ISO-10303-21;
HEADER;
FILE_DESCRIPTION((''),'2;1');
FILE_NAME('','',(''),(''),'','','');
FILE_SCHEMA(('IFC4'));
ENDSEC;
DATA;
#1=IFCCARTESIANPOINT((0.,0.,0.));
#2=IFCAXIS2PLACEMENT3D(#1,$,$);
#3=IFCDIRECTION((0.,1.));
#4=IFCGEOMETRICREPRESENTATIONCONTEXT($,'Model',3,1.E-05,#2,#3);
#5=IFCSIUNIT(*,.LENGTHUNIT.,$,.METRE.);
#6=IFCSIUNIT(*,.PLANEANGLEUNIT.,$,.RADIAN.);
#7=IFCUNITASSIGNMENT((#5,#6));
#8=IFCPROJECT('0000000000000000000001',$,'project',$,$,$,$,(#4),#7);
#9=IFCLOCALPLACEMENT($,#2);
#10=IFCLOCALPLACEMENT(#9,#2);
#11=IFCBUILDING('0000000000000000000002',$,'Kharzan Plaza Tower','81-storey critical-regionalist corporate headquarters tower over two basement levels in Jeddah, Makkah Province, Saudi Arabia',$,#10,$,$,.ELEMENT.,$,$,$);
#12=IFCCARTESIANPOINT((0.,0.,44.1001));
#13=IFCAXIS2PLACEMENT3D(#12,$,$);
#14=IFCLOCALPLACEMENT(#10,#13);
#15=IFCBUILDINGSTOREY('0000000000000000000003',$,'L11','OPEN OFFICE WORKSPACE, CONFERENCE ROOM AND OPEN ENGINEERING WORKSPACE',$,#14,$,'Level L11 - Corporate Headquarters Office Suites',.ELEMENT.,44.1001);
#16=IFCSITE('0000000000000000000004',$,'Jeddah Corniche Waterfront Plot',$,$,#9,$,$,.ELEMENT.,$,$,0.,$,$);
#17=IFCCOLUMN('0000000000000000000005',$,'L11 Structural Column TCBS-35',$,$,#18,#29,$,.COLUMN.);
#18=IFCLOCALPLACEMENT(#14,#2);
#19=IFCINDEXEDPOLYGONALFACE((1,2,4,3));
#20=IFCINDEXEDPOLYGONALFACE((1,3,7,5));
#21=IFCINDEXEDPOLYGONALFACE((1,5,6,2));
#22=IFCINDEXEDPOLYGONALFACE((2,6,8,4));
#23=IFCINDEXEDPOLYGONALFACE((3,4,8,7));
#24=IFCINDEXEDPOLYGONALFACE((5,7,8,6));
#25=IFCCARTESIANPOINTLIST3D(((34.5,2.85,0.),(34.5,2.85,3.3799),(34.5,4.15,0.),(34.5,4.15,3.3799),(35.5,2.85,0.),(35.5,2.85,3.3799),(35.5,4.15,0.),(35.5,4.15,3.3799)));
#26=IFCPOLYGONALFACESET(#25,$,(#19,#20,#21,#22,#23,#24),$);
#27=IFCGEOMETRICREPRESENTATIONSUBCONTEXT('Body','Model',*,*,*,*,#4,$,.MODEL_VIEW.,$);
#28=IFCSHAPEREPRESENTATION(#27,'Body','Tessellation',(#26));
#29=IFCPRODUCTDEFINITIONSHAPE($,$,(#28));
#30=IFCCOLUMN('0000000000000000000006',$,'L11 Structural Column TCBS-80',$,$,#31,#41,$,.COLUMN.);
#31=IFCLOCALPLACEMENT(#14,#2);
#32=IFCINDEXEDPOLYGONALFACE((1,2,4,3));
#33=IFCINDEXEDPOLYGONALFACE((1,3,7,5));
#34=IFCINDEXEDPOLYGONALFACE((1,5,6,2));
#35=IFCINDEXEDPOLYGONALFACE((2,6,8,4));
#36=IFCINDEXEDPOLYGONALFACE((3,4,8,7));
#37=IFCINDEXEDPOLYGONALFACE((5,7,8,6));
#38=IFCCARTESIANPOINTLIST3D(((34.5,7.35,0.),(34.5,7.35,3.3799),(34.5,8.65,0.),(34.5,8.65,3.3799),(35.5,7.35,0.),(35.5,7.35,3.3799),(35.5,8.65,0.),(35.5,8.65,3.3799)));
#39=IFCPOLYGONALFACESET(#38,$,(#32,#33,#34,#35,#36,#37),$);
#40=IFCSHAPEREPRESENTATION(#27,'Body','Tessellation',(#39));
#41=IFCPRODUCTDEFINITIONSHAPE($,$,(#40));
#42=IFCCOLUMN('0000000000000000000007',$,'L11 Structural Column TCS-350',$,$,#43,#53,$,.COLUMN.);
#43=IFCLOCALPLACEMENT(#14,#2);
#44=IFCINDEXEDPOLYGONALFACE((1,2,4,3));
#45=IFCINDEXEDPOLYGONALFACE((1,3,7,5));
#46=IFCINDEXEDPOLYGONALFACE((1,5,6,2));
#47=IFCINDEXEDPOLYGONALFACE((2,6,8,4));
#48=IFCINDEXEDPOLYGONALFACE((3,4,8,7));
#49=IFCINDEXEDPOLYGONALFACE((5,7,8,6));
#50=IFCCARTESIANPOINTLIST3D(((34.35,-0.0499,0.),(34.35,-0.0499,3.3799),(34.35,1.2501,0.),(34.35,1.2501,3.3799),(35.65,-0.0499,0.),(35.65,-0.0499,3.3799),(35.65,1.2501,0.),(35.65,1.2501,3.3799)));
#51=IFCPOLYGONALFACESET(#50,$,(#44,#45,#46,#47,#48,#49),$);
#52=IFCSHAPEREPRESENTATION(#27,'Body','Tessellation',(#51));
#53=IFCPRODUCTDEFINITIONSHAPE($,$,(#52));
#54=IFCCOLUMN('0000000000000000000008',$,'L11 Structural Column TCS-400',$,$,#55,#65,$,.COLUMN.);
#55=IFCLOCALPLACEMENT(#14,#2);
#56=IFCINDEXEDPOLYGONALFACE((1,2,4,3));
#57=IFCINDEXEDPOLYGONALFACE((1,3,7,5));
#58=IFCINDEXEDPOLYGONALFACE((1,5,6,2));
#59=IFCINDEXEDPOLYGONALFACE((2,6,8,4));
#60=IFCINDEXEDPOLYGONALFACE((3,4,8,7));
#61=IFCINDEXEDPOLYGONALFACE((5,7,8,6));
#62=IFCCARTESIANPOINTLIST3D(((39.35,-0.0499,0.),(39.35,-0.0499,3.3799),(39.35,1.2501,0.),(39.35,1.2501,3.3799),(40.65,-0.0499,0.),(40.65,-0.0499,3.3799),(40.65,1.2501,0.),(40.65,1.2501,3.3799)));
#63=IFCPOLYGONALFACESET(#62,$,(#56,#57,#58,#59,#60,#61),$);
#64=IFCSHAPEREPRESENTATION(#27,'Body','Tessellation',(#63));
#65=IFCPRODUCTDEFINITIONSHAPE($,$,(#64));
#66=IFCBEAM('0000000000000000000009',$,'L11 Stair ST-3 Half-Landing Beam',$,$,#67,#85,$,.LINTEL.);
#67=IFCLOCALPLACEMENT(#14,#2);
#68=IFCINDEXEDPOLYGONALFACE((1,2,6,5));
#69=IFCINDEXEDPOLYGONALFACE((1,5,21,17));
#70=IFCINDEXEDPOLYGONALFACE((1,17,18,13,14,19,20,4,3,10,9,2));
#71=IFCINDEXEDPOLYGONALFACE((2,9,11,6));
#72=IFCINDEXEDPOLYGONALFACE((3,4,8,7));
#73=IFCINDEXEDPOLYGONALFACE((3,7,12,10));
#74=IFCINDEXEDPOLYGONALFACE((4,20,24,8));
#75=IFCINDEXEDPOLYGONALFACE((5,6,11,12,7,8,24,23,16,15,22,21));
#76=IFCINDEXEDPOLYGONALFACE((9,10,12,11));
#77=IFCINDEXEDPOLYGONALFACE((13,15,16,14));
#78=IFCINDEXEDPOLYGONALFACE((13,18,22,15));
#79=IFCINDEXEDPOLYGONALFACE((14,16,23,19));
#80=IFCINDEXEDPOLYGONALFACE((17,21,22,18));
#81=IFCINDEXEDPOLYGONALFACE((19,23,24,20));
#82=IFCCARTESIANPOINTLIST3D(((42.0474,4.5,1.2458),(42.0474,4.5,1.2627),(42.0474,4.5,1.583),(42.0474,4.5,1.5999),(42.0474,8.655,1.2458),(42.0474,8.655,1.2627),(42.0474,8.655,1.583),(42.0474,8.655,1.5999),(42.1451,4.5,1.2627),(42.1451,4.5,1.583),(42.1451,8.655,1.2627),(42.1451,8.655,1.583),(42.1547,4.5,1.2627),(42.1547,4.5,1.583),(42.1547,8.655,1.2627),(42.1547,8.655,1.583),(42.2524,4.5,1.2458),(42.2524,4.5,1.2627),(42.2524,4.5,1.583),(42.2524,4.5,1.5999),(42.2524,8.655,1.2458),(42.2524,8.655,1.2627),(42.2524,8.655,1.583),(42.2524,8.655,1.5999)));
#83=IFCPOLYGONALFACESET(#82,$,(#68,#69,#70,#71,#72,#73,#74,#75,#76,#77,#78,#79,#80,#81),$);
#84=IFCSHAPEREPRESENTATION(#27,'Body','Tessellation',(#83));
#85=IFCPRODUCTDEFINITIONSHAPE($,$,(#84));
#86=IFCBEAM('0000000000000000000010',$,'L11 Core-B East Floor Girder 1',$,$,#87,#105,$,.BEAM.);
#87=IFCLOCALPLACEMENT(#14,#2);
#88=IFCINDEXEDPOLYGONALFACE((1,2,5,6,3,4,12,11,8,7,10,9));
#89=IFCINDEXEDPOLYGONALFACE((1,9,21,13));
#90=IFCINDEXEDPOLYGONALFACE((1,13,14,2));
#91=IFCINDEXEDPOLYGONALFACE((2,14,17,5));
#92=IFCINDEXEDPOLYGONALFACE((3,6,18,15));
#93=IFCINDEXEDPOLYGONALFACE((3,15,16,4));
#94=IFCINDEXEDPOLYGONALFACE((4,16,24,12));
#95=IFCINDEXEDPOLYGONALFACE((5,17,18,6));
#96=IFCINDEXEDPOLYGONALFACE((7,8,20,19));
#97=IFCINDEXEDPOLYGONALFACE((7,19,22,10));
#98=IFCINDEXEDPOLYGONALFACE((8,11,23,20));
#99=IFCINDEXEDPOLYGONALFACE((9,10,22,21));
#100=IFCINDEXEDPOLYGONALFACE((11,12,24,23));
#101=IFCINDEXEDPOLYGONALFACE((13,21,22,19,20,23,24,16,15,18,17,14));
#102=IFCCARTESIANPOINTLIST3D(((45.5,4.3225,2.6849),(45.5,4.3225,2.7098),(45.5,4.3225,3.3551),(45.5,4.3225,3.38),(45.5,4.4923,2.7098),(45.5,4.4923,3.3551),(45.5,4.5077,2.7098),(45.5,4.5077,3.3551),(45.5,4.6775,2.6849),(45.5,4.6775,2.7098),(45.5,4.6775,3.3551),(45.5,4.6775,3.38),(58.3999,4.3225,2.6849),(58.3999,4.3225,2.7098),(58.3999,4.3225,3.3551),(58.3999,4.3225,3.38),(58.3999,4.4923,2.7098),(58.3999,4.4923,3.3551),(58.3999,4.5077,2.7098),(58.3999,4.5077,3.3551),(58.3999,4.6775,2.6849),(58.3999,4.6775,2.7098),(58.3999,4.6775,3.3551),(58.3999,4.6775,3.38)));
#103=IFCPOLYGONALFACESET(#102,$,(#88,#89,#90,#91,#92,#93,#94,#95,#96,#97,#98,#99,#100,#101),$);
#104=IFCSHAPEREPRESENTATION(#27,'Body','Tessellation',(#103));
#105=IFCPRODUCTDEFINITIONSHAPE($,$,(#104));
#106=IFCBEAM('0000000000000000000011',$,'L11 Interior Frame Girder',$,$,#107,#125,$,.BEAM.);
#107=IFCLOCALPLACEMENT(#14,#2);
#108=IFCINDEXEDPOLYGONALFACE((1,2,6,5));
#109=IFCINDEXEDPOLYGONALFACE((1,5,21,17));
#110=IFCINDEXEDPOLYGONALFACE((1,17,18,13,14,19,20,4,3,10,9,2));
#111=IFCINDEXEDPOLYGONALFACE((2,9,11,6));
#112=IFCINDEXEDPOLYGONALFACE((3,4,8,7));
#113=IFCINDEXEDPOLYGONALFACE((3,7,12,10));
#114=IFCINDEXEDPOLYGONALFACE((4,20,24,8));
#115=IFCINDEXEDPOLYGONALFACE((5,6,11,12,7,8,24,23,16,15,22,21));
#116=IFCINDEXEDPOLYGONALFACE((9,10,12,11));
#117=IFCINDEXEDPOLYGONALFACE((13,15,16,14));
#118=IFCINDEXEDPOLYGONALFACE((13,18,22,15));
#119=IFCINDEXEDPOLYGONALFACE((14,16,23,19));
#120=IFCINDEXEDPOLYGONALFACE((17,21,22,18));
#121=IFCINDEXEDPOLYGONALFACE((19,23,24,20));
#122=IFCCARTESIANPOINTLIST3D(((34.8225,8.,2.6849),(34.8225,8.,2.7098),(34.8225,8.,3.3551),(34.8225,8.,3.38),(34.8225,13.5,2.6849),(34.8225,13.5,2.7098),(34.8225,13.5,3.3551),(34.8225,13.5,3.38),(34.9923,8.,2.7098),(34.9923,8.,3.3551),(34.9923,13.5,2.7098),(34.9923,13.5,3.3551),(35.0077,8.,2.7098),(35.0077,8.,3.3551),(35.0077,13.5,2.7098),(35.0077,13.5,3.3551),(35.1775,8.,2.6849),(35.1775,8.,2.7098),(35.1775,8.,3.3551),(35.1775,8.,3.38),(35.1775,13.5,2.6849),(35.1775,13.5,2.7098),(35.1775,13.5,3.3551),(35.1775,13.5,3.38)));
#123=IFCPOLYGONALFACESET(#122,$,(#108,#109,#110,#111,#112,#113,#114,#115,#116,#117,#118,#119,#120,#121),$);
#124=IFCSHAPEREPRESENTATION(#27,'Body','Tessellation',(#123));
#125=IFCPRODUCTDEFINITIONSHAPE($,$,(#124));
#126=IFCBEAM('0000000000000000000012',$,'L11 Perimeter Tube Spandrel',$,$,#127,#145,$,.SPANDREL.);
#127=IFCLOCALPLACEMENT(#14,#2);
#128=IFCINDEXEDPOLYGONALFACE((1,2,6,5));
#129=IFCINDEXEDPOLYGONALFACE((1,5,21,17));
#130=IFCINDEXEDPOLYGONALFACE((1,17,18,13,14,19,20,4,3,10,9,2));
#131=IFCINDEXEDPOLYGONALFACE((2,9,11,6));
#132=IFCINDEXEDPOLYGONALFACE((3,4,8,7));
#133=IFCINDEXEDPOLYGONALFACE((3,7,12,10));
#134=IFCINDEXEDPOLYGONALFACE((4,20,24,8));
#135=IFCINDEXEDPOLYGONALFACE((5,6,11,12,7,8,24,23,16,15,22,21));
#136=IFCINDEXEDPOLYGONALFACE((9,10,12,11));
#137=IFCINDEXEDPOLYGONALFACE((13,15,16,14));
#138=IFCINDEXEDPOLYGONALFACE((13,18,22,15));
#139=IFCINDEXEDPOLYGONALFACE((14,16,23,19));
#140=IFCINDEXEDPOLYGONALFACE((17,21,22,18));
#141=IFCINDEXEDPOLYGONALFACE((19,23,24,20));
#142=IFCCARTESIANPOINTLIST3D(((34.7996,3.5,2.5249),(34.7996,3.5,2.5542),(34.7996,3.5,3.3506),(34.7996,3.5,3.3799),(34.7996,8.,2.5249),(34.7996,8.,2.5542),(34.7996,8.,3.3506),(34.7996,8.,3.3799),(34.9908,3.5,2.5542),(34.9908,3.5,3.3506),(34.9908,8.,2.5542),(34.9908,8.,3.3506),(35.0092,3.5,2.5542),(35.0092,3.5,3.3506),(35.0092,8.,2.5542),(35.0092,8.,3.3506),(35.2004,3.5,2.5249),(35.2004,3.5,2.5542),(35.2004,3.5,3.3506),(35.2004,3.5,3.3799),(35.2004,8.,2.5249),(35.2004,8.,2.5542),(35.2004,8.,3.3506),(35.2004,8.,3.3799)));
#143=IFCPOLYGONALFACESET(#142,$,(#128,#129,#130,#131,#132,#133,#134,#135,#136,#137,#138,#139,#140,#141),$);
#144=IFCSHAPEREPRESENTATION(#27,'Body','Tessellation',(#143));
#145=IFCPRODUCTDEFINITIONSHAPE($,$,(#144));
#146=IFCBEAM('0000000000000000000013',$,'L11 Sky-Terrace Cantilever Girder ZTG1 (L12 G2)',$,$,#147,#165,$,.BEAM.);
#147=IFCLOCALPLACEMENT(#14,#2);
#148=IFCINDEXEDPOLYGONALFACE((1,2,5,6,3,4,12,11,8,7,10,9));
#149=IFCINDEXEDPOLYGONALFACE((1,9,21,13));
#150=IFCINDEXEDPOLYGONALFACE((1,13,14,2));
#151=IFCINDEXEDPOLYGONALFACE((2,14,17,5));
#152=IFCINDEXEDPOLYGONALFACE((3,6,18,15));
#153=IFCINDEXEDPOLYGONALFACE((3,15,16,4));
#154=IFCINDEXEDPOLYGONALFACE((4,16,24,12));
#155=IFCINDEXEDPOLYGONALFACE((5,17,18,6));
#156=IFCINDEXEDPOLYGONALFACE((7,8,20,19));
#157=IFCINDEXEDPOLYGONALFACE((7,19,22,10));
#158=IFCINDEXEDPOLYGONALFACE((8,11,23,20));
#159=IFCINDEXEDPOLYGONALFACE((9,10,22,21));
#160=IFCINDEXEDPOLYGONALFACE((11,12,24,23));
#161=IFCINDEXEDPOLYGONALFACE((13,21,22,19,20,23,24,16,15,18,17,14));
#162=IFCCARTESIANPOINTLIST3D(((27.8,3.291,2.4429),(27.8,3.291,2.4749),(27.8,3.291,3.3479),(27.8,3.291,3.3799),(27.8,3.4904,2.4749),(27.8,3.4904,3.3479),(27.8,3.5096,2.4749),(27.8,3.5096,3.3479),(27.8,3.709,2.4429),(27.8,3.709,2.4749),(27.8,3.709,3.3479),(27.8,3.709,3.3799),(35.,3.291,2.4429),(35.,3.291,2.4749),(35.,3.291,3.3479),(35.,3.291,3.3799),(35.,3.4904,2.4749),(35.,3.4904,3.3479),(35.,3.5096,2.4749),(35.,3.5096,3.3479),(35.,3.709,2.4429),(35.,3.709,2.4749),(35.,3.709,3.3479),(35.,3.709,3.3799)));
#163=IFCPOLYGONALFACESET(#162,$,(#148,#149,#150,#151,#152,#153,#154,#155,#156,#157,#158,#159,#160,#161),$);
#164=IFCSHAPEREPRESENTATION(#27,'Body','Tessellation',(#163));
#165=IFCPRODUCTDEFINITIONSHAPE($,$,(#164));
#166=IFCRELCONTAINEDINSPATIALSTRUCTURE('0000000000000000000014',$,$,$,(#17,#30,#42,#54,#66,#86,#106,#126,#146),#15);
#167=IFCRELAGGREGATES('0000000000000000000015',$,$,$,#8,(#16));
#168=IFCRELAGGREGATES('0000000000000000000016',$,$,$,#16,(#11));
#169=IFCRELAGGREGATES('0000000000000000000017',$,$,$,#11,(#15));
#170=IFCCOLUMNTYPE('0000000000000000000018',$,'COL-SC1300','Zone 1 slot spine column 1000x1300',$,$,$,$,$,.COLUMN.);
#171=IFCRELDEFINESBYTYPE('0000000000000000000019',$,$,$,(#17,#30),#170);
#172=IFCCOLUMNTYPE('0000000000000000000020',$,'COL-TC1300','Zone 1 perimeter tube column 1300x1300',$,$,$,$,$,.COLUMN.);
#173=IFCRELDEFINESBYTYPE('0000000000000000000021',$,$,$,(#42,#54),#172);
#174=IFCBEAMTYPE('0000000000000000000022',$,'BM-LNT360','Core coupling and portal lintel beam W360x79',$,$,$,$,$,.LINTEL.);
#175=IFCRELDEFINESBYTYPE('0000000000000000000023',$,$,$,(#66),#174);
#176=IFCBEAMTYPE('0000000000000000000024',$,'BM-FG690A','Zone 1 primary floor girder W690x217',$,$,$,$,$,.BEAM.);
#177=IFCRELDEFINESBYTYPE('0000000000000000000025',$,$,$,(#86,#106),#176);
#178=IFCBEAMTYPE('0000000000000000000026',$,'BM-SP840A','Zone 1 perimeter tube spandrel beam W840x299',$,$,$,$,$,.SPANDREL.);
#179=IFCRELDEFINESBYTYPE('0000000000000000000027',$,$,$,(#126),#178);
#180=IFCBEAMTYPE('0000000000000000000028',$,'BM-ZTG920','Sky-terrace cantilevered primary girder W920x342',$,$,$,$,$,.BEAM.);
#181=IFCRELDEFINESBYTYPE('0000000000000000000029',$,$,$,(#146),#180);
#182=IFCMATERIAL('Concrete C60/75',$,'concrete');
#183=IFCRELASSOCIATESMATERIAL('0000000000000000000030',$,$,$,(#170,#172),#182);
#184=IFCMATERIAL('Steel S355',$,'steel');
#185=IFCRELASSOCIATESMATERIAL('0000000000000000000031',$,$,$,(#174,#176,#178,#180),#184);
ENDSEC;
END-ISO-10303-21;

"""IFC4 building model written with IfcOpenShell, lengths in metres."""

from ifc_helpers import new_model, si_unit, direction, frame, origin, origin_2d, place, context, subcontext, project, spatial, rectangle, i_section, extrude, source, transform, mapped, material, material_profile, profile_set, type_object, element, save


model = new_model("IFC4")

# Units and contexts
model_context = context("Model", 3, precision=1e-05, world=origin(), true_north=direction((0.0, 1.0)))
body_context = subcontext(model_context, "Body", "Model", "MODEL_VIEW")
ifc_project = project(units=[si_unit("LENGTHUNIT", "METRE"), si_unit("PLANEANGLEUNIT", "RADIAN")], contexts=[model_context])

# Site, building, storey
site_placement = place(None, origin())
site = spatial("IfcSite", under=ifc_project, at=site_placement, Name="Jeddah Corniche Waterfront Plot", CompositionType="ELEMENT", RefElevation=0.0)
building_placement = place(site_placement, origin())
building = spatial("IfcBuilding", under=site, at=building_placement, Name="Kharzan Plaza Tower", Description="81-storey critical-regionalist corporate headquarters tower over two basement levels in Jeddah, Makkah Province, Saudi Arabia", CompositionType="ELEMENT")
storey_placement = place(building_placement, frame((0.0, 0.0, 44.1001)))
storey = spatial("IfcBuildingStorey", under=building, at=storey_placement, Name="L11", Description="OPEN OFFICE WORKSPACE, CONFERENCE ROOM AND OPEN ENGINEERING WORKSPACE", LongName="Level L11 - Corporate Headquarters Office Suites", CompositionType="ELEMENT", Elevation=44.1001)

# Columns
ifc_material_1 = material(Name="Concrete C60/75", Category="concrete")
ifc_material_profile_1 = material_profile(ifc_material_1, rectangle(XDim=1.0, YDim=1.3, at=origin_2d()), Name="RC-SC1300x1000")
ifc_profile_set_1 = profile_set([ifc_material_profile_1], Name="Concrete C60/75")
column_type_1 = type_object("IfcColumnType", Name="COL-SC1300", Description="Zone 1 slot spine column 1000x1300", PredefinedType="COLUMN", material=ifc_profile_set_1)
shared_shape_1 = source(origin(), body_context, "Body", "SweptSolid", [
    extrude(rectangle(XDim=1.0, YDim=1.3, at=origin_2d()), origin(), (0.0, 0.0, 1.0), 3.3799),
])
for number, where, z_axis, x_axis, name in (
    (1, (35.0, 3.5, 0.0), (0.0, 0.0, 1.0), (1.0, 0.0, 0.0), "L11 Structural Column TCBS-35"),
    (2, (35.0, 8.0, 0.0), (0.0, 0.0, 1.0), (1.0, 0.0, 0.0), "L11 Structural Column TCBS-80"),
):
    element("IfcColumn", number, at=place(storey_placement, frame(where, z_axis=z_axis, x_axis=x_axis)), inside=storey, type_object=column_type_1, Name=name, PredefinedType="COLUMN", context=body_context, shape_type="MappedRepresentation", body=[
        mapped(shared_shape_1, transform((0.0, 0.0, 0.0), x_axis=(1.0, 0.0, 0.0), y_axis=(0.0, 1.0, 0.0), z_axis=(0.0, 0.0, 1.0))),
    ])
ifc_material_profile_2 = material_profile(ifc_material_1, rectangle(XDim=1.3, YDim=1.3, at=origin_2d()), Name="RC-TC1300x1300")
ifc_profile_set_2 = profile_set([ifc_material_profile_2], Name="Concrete C60/75")
column_type_2 = type_object("IfcColumnType", Name="COL-TC1300", Description="Zone 1 perimeter tube column 1300x1300", PredefinedType="COLUMN", material=ifc_profile_set_2)
shared_shape_2 = source(origin(), body_context, "Body", "SweptSolid", [
    extrude(rectangle(XDim=1.3, YDim=1.3, at=origin_2d()), origin(), (0.0, 0.0, 1.0), 3.3799),
])
for number, where, z_axis, x_axis, name in (
    (3, (35.0, 0.6001, 0.0), (0.0, 0.0, 1.0), (1.0, 0.0, 0.0), "L11 Structural Column TCS-350"),
    (4, (40.0, 0.6001, 0.0), (0.0, 0.0, 1.0), (1.0, 0.0, 0.0), "L11 Structural Column TCS-400"),
):
    element("IfcColumn", number, at=place(storey_placement, frame(where, z_axis=z_axis, x_axis=x_axis)), inside=storey, type_object=column_type_2, Name=name, PredefinedType="COLUMN", context=body_context, shape_type="MappedRepresentation", body=[
        mapped(shared_shape_2, transform((0.0, 0.0, 0.0), x_axis=(1.0, 0.0, 0.0), y_axis=(0.0, 1.0, 0.0), z_axis=(0.0, 0.0, 1.0))),
    ])

# Beams
ifc_material_2 = material(Name="Steel S355", Category="steel")
ifc_material_profile_3 = material_profile(ifc_material_2, i_section(OverallWidth=0.2051, OverallDepth=0.354, WebThickness=0.0095, FlangeThickness=0.0168, at=origin_2d()), Name="W360x79")
ifc_profile_set_3 = profile_set([ifc_material_profile_3], Name="Steel S355")
beam_type_1 = type_object("IfcBeamType", Name="BM-LNT360", Description="Core coupling and portal lintel beam W360x79", PredefinedType="LINTEL", material=ifc_profile_set_3)
shared_shape_3 = source(origin(), body_context, "Body", "SweptSolid", [
    extrude(i_section(OverallWidth=0.2051, OverallDepth=0.354, WebThickness=0.0095, FlangeThickness=0.0168, at=origin_2d()), origin(), (0.0, 0.0, 1.0), 4.155),
])
beam_1_placement = place(storey_placement, frame((42.1499, 4.5, 1.4229), z_axis=(0.0, 1.0, 0.0), x_axis=(-1.0, 0.0, 0.0)))
element("IfcBeam", 5, at=beam_1_placement, inside=storey, type_object=beam_type_1, Name="L11 Stair ST-3 Half-Landing Beam", PredefinedType="LINTEL", context=body_context, shape_type="MappedRepresentation", body=[
    mapped(shared_shape_3, transform((0.0, 0.0, 0.0), x_axis=(1.0, 0.0, 0.0), y_axis=(0.0, 1.0, 0.0), z_axis=(0.0, 0.0, 1.0))),
])
ifc_material_profile_4 = material_profile(ifc_material_2, i_section(OverallWidth=0.355, OverallDepth=0.6951, WebThickness=0.0154, FlangeThickness=0.0249, at=origin_2d()), Name="W690x217")
ifc_profile_set_4 = profile_set([ifc_material_profile_4], Name="Steel S355")
beam_type_2 = type_object("IfcBeamType", Name="BM-FG690A", Description="Zone 1 primary floor girder W690x217", PredefinedType="BEAM", material=ifc_profile_set_4)
shared_shape_4 = source(origin(), body_context, "Body", "SweptSolid", [
    extrude(i_section(OverallWidth=0.355, OverallDepth=0.6951, WebThickness=0.0154, FlangeThickness=0.0249, at=origin_2d()), origin(), (0.0, 0.0, 1.0), 12.8999),
])
beam_2_placement = place(storey_placement, frame((45.5, 4.5, 3.0325), z_axis=(1.0, 0.0, 0.0), x_axis=(0.0, 1.0, 0.0)))
element("IfcBeam", 6, at=beam_2_placement, inside=storey, type_object=beam_type_2, Name="L11 Core-B East Floor Girder 1", PredefinedType="BEAM", context=body_context, shape_type="MappedRepresentation", body=[
    mapped(shared_shape_4, transform((0.0, 0.0, 0.0), x_axis=(1.0, 0.0, 0.0), y_axis=(0.0, 1.0, 0.0), z_axis=(0.0, 0.0, 1.0))),
])
shared_shape_5 = source(origin(), body_context, "Body", "SweptSolid", [
    extrude(i_section(OverallWidth=0.355, OverallDepth=0.6951, WebThickness=0.0154, FlangeThickness=0.0249, at=origin_2d()), origin(), (0.0, 0.0, 1.0), 5.5),
])
beam_3_placement = place(storey_placement, frame((35.0, 8.0, 3.0325), z_axis=(0.0, 1.0, 0.0), x_axis=(-1.0, 0.0, 0.0)))
element("IfcBeam", 7, at=beam_3_placement, inside=storey, type_object=beam_type_2, Name="L11 Interior Frame Girder", PredefinedType="BEAM", context=body_context, shape_type="MappedRepresentation", body=[
    mapped(shared_shape_5, transform((0.0, 0.0, 0.0), x_axis=(1.0, 0.0, 0.0), y_axis=(0.0, 1.0, 0.0), z_axis=(0.0, 0.0, 1.0))),
])
ifc_material_profile_5 = material_profile(ifc_material_2, i_section(OverallWidth=0.4009, OverallDepth=0.855, WebThickness=0.0183, FlangeThickness=0.0293, at=origin_2d()), Name="W840x299")
ifc_profile_set_5 = profile_set([ifc_material_profile_5], Name="Steel S355")
beam_type_3 = type_object("IfcBeamType", Name="BM-SP840A", Description="Zone 1 perimeter tube spandrel beam W840x299", PredefinedType="SPANDREL", material=ifc_profile_set_5)
shared_shape_6 = source(origin(), body_context, "Body", "SweptSolid", [
    extrude(i_section(OverallWidth=0.4009, OverallDepth=0.855, WebThickness=0.0183, FlangeThickness=0.0293, at=origin_2d()), origin(), (0.0, 0.0, 1.0), 4.5),
])
beam_4_placement = place(storey_placement, frame((35.0, 3.5, 2.9524), z_axis=(0.0, 1.0, 0.0), x_axis=(-1.0, 0.0, 0.0)))
element("IfcBeam", 8, at=beam_4_placement, inside=storey, type_object=beam_type_3, Name="L11 Perimeter Tube Spandrel", PredefinedType="SPANDREL", context=body_context, shape_type="MappedRepresentation", body=[
    mapped(shared_shape_6, transform((0.0, 0.0, 0.0), x_axis=(1.0, 0.0, 0.0), y_axis=(0.0, 1.0, 0.0), z_axis=(0.0, 0.0, 1.0))),
])
ifc_material_profile_6 = material_profile(ifc_material_2, i_section(OverallWidth=0.418, OverallDepth=0.937, WebThickness=0.0193, FlangeThickness=0.032, at=origin_2d()), Name="W920x342")
ifc_profile_set_6 = profile_set([ifc_material_profile_6], Name="Steel S355")
beam_type_4 = type_object("IfcBeamType", Name="BM-ZTG920", Description="Sky-terrace cantilevered primary girder W920x342", PredefinedType="BEAM", material=ifc_profile_set_6)
shared_shape_7 = source(origin(), body_context, "Body", "SweptSolid", [
    extrude(i_section(OverallWidth=0.418, OverallDepth=0.937, WebThickness=0.0193, FlangeThickness=0.032, at=origin_2d()), origin(), (0.0, 0.0, 1.0), 7.2),
])
beam_5_placement = place(storey_placement, frame((35.0, 3.5, 2.9114), z_axis=(-1.0, 0.0, 0.0), x_axis=(0.0, -1.0, 0.0)))
element("IfcBeam", 9, at=beam_5_placement, inside=storey, type_object=beam_type_4, Name="L11 Sky-Terrace Cantilever Girder ZTG1 (L12 G2)", PredefinedType="BEAM", context=body_context, shape_type="MappedRepresentation", body=[
    mapped(shared_shape_7, transform((0.0, 0.0, 0.0), x_axis=(1.0, 0.0, 0.0), y_axis=(0.0, 1.0, 0.0), z_axis=(0.0, 0.0, 1.0))),
])

save(model, "model.ifc")
